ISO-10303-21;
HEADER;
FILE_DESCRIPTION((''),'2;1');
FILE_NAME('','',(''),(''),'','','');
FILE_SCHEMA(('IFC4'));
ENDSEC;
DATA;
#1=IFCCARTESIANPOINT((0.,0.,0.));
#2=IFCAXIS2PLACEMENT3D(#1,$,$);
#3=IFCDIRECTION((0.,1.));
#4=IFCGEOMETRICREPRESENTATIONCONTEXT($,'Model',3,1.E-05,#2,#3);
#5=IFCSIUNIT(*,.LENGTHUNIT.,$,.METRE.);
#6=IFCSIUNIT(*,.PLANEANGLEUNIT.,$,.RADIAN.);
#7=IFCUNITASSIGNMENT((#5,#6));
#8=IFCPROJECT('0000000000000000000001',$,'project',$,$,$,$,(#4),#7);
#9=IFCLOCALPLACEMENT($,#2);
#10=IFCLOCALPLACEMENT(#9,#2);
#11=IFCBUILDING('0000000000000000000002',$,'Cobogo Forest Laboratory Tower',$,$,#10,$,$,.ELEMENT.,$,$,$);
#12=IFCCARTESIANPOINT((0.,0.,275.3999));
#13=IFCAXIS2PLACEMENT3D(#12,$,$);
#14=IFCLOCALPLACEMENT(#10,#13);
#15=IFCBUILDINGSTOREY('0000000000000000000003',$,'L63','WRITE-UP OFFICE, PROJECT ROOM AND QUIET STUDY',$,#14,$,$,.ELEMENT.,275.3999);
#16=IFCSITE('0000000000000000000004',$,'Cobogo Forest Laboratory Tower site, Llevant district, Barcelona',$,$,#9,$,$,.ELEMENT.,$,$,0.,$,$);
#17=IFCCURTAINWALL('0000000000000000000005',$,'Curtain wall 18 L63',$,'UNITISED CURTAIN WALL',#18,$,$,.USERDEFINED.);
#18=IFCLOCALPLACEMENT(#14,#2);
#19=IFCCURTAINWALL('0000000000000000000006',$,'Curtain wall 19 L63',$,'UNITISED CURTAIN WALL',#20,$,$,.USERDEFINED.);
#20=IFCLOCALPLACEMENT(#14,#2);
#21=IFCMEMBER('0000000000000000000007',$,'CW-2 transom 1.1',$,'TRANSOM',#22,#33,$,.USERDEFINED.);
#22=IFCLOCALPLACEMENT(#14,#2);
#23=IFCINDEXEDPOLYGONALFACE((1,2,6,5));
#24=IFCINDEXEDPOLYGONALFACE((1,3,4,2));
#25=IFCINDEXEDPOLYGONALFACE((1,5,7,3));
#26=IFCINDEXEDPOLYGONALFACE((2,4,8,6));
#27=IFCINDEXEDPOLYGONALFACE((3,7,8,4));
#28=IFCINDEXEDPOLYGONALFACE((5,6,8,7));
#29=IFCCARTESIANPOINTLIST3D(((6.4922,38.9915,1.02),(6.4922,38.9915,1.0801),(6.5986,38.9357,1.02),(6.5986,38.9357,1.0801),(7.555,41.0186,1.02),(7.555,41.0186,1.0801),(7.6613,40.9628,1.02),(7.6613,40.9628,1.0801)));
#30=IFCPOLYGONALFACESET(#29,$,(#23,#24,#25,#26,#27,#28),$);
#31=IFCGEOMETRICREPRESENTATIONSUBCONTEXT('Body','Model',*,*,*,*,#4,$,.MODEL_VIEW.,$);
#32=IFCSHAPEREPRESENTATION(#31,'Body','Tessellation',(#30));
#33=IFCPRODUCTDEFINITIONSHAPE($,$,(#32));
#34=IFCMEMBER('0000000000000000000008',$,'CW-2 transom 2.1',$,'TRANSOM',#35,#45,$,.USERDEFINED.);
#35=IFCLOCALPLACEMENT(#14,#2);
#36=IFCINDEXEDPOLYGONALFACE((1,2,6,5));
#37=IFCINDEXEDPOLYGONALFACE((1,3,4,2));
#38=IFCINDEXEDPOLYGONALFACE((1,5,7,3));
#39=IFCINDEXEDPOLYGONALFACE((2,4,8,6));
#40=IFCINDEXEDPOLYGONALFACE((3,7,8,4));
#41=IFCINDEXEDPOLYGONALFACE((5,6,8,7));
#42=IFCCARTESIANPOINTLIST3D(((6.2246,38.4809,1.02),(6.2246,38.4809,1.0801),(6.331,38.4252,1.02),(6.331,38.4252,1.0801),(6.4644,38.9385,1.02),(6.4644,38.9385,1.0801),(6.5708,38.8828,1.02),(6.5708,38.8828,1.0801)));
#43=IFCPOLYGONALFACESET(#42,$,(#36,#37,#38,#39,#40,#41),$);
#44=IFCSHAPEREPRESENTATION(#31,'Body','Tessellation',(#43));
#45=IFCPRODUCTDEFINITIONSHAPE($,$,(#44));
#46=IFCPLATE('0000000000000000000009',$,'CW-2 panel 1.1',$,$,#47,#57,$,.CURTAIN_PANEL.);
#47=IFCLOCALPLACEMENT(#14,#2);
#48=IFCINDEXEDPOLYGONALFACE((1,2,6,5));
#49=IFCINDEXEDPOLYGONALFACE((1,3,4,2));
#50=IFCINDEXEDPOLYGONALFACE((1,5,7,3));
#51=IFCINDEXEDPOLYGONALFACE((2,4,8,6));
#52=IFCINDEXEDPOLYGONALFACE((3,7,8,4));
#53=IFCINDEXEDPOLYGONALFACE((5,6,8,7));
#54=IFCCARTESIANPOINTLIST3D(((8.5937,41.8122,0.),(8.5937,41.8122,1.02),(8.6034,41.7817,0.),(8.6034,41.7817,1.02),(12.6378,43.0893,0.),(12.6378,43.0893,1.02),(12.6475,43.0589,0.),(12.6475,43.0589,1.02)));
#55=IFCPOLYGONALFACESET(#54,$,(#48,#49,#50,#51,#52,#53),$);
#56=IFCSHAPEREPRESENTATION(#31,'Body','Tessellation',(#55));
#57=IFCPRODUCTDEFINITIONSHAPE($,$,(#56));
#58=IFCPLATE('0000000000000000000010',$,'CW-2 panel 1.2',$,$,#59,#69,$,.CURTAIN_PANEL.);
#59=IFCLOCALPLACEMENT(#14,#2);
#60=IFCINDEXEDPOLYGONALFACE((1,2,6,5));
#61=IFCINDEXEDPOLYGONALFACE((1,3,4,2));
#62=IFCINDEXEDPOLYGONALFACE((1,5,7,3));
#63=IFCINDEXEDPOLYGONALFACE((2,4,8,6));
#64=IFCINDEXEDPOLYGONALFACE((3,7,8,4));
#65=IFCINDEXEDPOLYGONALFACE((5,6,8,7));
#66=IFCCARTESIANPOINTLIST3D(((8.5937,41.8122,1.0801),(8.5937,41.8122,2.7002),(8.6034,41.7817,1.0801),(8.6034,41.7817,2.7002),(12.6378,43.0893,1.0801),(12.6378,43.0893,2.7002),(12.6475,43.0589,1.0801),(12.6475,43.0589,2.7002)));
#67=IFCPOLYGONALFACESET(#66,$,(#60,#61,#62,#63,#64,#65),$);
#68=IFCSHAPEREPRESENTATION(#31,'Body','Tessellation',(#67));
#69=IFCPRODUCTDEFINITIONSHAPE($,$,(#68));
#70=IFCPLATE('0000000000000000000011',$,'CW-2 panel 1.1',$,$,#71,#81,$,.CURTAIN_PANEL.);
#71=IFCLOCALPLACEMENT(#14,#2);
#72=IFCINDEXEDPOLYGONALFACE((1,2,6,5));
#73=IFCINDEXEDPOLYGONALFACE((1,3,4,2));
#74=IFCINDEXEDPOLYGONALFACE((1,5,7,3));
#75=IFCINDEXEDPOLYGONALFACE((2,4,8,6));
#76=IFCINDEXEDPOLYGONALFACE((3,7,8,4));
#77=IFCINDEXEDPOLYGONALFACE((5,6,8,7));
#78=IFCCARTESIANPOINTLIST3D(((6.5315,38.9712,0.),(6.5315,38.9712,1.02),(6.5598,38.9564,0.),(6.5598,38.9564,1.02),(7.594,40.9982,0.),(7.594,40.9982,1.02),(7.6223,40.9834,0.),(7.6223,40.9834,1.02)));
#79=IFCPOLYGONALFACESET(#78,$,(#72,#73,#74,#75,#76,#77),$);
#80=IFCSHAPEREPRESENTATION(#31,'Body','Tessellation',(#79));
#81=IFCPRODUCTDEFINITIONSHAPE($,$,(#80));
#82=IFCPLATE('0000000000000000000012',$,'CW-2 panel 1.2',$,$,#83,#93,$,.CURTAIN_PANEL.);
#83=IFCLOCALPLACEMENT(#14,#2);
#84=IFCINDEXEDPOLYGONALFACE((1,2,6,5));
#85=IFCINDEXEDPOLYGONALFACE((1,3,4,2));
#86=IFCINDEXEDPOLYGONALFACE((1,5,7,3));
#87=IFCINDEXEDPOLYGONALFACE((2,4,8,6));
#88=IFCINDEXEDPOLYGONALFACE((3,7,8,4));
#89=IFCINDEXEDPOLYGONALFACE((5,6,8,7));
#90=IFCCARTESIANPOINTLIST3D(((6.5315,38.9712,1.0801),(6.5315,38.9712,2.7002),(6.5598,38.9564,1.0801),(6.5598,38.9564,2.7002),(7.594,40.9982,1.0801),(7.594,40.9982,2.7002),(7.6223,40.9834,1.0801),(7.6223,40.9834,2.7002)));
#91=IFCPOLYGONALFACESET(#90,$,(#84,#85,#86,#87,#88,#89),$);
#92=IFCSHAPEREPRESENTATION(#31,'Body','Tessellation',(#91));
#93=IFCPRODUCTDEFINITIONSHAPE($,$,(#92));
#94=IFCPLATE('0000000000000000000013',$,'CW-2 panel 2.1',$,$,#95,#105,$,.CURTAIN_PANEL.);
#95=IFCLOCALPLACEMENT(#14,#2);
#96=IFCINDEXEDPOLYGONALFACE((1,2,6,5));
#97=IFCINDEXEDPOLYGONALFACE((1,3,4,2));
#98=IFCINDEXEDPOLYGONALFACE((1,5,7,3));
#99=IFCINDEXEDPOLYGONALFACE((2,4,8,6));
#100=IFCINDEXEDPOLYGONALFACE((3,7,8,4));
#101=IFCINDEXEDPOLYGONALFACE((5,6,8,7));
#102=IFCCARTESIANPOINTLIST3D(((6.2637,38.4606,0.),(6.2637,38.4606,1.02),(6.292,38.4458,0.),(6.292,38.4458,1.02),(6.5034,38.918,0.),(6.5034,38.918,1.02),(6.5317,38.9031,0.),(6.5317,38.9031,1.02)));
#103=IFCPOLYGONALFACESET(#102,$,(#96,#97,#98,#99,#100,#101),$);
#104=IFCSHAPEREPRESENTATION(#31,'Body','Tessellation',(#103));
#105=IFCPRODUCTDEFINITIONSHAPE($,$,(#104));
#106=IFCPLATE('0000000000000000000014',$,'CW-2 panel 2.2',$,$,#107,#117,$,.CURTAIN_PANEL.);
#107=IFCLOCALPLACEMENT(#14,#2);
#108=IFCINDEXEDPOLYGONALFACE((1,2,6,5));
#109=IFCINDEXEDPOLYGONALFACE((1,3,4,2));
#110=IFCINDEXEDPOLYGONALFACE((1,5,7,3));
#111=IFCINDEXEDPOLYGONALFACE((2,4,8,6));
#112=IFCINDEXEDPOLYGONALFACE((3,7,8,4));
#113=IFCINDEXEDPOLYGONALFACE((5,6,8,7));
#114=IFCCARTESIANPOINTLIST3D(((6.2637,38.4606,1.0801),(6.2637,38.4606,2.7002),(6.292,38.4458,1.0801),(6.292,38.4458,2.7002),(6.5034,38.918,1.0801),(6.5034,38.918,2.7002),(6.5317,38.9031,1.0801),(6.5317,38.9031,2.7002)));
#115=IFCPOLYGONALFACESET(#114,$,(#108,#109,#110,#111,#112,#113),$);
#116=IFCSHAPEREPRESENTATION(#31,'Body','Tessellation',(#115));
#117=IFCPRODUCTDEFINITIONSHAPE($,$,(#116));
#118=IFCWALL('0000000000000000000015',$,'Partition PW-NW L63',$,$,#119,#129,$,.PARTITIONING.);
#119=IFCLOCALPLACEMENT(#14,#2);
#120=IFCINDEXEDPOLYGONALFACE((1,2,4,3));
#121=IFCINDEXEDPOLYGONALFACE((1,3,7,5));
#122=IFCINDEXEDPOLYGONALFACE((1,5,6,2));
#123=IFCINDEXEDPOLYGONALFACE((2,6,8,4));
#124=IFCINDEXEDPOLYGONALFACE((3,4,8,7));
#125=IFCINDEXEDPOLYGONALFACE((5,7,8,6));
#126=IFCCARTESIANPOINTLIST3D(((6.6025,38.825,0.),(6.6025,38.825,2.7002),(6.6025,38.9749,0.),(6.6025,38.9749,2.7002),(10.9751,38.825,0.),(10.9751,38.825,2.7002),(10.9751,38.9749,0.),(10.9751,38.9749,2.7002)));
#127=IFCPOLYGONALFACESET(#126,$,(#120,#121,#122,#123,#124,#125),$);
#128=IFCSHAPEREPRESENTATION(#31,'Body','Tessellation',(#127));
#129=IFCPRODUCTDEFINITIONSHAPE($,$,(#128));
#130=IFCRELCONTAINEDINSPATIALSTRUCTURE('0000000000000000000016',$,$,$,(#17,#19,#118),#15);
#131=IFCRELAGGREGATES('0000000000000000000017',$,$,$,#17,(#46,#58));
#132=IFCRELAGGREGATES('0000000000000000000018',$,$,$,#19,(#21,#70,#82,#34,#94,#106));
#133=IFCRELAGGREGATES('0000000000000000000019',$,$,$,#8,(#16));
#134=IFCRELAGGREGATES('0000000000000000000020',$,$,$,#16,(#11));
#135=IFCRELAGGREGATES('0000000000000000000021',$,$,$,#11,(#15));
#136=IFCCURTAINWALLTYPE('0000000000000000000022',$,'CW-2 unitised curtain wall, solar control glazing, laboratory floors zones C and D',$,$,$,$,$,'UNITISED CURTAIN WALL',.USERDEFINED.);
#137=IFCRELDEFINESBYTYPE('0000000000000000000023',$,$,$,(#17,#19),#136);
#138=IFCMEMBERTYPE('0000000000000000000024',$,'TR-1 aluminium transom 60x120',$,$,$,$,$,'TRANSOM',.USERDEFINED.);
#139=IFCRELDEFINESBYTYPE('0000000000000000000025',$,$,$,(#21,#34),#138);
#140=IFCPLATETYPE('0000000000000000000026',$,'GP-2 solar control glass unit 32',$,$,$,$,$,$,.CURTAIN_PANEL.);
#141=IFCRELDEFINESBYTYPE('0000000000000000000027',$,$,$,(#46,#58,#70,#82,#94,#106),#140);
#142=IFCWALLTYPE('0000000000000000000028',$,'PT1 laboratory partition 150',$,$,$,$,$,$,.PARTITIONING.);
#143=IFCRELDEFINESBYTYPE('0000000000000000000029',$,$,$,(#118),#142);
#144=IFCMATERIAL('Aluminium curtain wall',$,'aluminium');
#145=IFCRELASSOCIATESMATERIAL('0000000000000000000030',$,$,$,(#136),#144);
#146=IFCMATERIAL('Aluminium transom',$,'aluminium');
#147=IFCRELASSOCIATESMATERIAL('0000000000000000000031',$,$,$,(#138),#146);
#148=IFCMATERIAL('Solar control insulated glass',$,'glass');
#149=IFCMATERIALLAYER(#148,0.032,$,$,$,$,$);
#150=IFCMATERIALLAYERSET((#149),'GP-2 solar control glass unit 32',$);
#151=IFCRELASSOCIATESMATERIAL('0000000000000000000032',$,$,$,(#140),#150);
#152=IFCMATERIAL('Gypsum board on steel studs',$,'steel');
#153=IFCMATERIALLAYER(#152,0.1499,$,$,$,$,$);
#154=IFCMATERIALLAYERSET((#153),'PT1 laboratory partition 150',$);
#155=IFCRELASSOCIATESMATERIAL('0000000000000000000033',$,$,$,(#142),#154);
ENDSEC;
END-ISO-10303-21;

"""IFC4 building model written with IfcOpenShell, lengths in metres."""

from ifc_helpers import new_model, si_unit, direction, frame, frame_2d, origin, origin_2d, place, context, subcontext, project, spatial, rectangle, extrude, material, layer, layer_set, material_profile, profile_set, type_object, element, aggregate, save


model = new_model("IFC4")

# Units and contexts
model_context = context("Model", 3, precision=1e-05, world=origin(), true_north=direction((0.0, 1.0)))
body_context = subcontext(model_context, "Body", "Model", "MODEL_VIEW")
ifc_project = project(units=[si_unit("LENGTHUNIT", "METRE"), si_unit("PLANEANGLEUNIT", "RADIAN")], contexts=[model_context])

# Site, building, storey
site_placement = place(None, origin())
site = spatial("IfcSite", under=ifc_project, at=site_placement, Name="Cobogo Forest Laboratory Tower site, Llevant district, Barcelona", CompositionType="ELEMENT", RefElevation=0.0)
building_placement = place(site_placement, origin())
building = spatial("IfcBuilding", under=site, at=building_placement, Name="Cobogo Forest Laboratory Tower", CompositionType="ELEMENT")
storey_placement = place(building_placement, frame((0.0, 0.0, 275.3999)))
storey = spatial("IfcBuildingStorey", under=building, at=storey_placement, Name="L63", Description="WRITE-UP OFFICE, PROJECT ROOM AND QUIET STUDY", CompositionType="ELEMENT", Elevation=275.3999)

# Curtain walls
ifc_material_1 = material(Name="Aluminium curtain wall", Category="aluminium")
curtain_wall_type = type_object("IfcCurtainWallType", Name="CW-2 unitised curtain wall, solar control glazing, laboratory floors zones C and D", ElementType="UNITISED CURTAIN WALL", PredefinedType="USERDEFINED", material=ifc_material_1)
curtain_wall_1_placement = place(storey_placement, origin())
curtain_wall_1 = element("IfcCurtainWall", 1, at=curtain_wall_1_placement, inside=storey, type_object=curtain_wall_type, Name="Curtain wall 18 L63", ObjectType="UNITISED CURTAIN WALL", PredefinedType="USERDEFINED")
curtain_wall_2_placement = place(storey_placement, origin())
curtain_wall_2 = element("IfcCurtainWall", 2, at=curtain_wall_2_placement, inside=storey, type_object=curtain_wall_type, Name="Curtain wall 19 L63", ObjectType="UNITISED CURTAIN WALL", PredefinedType="USERDEFINED")

# Members
ifc_material_2 = material(Name="Aluminium transom", Category="aluminium")
ifc_material_profile_1 = material_profile(ifc_material_2, rectangle(XDim=0.1201, YDim=0.0601, at=origin_2d()), Name="AL 60x120")
ifc_profile_set_1 = profile_set([ifc_material_profile_1], Name="Aluminium transom")
member_type_1 = type_object("IfcMemberType", Name="TR-1 aluminium transom 60x120", ElementType="TRANSOM", PredefinedType="USERDEFINED", material=ifc_profile_set_1)
member_1_placement = place(storey_placement, frame((7.6082, 40.9907, 1.05), z_axis=(-0.464326, -0.885664, 0.0), x_axis=(0.885664, -0.464326, 0.0)))
member_1 = element("IfcMember", 3, at=member_1_placement, type_object=member_type_1, Name="CW-2 transom 1.1", ObjectType="TRANSOM", PredefinedType="USERDEFINED", context=body_context, shape_type="SweptSolid", body=[
    extrude(rectangle(XDim=0.1201, YDim=0.0601, at=origin_2d()), origin(), (0.0, 0.0, 1.0), 2.2888),
])
member_2_placement = place(storey_placement, frame((6.5176, 38.9106, 1.05), z_axis=(-0.464148, -0.885758, 0.0), x_axis=(0.885758, -0.464148, 0.0)))
member_2 = element("IfcMember", 4, at=member_2_placement, type_object=member_type_1, Name="CW-2 transom 2.1", ObjectType="TRANSOM", PredefinedType="USERDEFINED", context=body_context, shape_type="SweptSolid", body=[
    extrude(rectangle(XDim=0.1201, YDim=0.0601, at=origin_2d()), origin(), (0.0, 0.0, 1.0), 0.5166),
])

# Plates
ifc_material_3 = material(Name="Solar control insulated glass", Category="glass")
ifc_layer_1 = layer(ifc_material_3, 0.032)
ifc_layer_set_1 = layer_set([ifc_layer_1], Name="GP-2 solar control glass unit 32")
plate_type = type_object("IfcPlateType", Name="GP-2 solar control glass unit 32", PredefinedType="CURTAIN_PANEL", material=ifc_layer_set_1)
plate_1_placement = place(storey_placement, frame((10.6206, 42.4355, 0.0), z_axis=(0.0, 0.0, 1.0), x_axis=(-0.953581, -0.301135, 0.0)))
plate_1 = element("IfcPlate", 5, at=plate_1_placement, type_object=plate_type, Name="CW-2 panel 1.1", PredefinedType="CURTAIN_PANEL", context=body_context, shape_type="SweptSolid", body=[
    extrude(rectangle(XDim=4.241, YDim=0.032, at=origin_2d()), origin(), (0.0, 0.0, 1.0), 1.02),
])
plate_2_placement = place(storey_placement, frame((10.6206, 42.4355, 1.0801), z_axis=(0.0, 0.0, 1.0), x_axis=(-0.953581, -0.301135, 0.0)))
plate_2 = element("IfcPlate", 6, at=plate_2_placement, type_object=plate_type, Name="CW-2 panel 1.2", PredefinedType="CURTAIN_PANEL", context=body_context, shape_type="SweptSolid", body=[
    extrude(rectangle(XDim=4.241, YDim=0.032, at=origin_2d()), origin(), (0.0, 0.0, 1.0), 1.6201),
])
aggregate(curtain_wall_1, [plate_1, plate_2])
plate_3_placement = place(storey_placement, frame((7.0769, 39.9773, 0.0), z_axis=(0.0, 0.0, 1.0), x_axis=(-0.464284, -0.885686, 0.0)))
plate_3 = element("IfcPlate", 7, at=plate_3_placement, type_object=plate_type, Name="CW-2 panel 1.1", PredefinedType="CURTAIN_PANEL", context=body_context, shape_type="SweptSolid", body=[
    extrude(rectangle(XDim=2.2886, YDim=0.032, at=origin_2d()), origin(), (0.0, 0.0, 1.0), 1.02),
])
plate_4_placement = place(storey_placement, frame((7.0769, 39.9773, 1.0801), z_axis=(0.0, 0.0, 1.0), x_axis=(-0.464284, -0.885686, 0.0)))
plate_4 = element("IfcPlate", 8, at=plate_4_placement, type_object=plate_type, Name="CW-2 panel 1.2", PredefinedType="CURTAIN_PANEL", context=body_context, shape_type="SweptSolid", body=[
    extrude(rectangle(XDim=2.2886, YDim=0.032, at=origin_2d()), origin(), (0.0, 0.0, 1.0), 1.6201),
])
plate_5_placement = place(storey_placement, frame((6.3977, 38.6819, 0.0), z_axis=(0.0, 0.0, 1.0), x_axis=(-0.464284, -0.885686, 0.0)))
plate_5 = element("IfcPlate", 9, at=plate_5_placement, type_object=plate_type, Name="CW-2 panel 2.1", PredefinedType="CURTAIN_PANEL", context=body_context, shape_type="SweptSolid", body=[
    extrude(rectangle(XDim=0.5164, YDim=0.032, at=origin_2d()), origin(), (0.0, 0.0, 1.0), 1.02),
])
plate_6_placement = place(storey_placement, frame((6.3977, 38.6819, 1.0801), z_axis=(0.0, 0.0, 1.0), x_axis=(-0.464284, -0.885686, 0.0)))
plate_6 = element("IfcPlate", 10, at=plate_6_placement, type_object=plate_type, Name="CW-2 panel 2.2", PredefinedType="CURTAIN_PANEL", context=body_context, shape_type="SweptSolid", body=[
    extrude(rectangle(XDim=0.5164, YDim=0.032, at=origin_2d()), origin(), (0.0, 0.0, 1.0), 1.6201),
])
aggregate(curtain_wall_2, [member_1, plate_3, plate_4, member_2, plate_5, plate_6])

# Wall
ifc_material_4 = material(Name="Gypsum board on steel studs", Category="steel")
ifc_layer_2 = layer(ifc_material_4, 0.1499)
ifc_layer_set_2 = layer_set([ifc_layer_2], Name="PT1 laboratory partition 150")
wall_type_1 = type_object("IfcWallType", Name="PT1 laboratory partition 150", PredefinedType="PARTITIONING", material=ifc_layer_set_2)
wall_1_placement = place(storey_placement, frame((6.6025, 38.8999, 0.0), z_axis=(0.0, 0.0, 1.0), x_axis=(1.0, 0.0, 0.0)))
element("IfcWall", 11, at=wall_1_placement, inside=storey, type_object=wall_type_1, Name="Partition PW-NW L63", PredefinedType="PARTITIONING", context=body_context, shape_type="SweptSolid", body=[
    extrude(rectangle(XDim=4.3726, YDim=0.1499, at=frame_2d((2.1863, 0.0))), origin(), (0.0, 0.0, 1.0), 2.7002),
])

save(model, "model.ifc")
